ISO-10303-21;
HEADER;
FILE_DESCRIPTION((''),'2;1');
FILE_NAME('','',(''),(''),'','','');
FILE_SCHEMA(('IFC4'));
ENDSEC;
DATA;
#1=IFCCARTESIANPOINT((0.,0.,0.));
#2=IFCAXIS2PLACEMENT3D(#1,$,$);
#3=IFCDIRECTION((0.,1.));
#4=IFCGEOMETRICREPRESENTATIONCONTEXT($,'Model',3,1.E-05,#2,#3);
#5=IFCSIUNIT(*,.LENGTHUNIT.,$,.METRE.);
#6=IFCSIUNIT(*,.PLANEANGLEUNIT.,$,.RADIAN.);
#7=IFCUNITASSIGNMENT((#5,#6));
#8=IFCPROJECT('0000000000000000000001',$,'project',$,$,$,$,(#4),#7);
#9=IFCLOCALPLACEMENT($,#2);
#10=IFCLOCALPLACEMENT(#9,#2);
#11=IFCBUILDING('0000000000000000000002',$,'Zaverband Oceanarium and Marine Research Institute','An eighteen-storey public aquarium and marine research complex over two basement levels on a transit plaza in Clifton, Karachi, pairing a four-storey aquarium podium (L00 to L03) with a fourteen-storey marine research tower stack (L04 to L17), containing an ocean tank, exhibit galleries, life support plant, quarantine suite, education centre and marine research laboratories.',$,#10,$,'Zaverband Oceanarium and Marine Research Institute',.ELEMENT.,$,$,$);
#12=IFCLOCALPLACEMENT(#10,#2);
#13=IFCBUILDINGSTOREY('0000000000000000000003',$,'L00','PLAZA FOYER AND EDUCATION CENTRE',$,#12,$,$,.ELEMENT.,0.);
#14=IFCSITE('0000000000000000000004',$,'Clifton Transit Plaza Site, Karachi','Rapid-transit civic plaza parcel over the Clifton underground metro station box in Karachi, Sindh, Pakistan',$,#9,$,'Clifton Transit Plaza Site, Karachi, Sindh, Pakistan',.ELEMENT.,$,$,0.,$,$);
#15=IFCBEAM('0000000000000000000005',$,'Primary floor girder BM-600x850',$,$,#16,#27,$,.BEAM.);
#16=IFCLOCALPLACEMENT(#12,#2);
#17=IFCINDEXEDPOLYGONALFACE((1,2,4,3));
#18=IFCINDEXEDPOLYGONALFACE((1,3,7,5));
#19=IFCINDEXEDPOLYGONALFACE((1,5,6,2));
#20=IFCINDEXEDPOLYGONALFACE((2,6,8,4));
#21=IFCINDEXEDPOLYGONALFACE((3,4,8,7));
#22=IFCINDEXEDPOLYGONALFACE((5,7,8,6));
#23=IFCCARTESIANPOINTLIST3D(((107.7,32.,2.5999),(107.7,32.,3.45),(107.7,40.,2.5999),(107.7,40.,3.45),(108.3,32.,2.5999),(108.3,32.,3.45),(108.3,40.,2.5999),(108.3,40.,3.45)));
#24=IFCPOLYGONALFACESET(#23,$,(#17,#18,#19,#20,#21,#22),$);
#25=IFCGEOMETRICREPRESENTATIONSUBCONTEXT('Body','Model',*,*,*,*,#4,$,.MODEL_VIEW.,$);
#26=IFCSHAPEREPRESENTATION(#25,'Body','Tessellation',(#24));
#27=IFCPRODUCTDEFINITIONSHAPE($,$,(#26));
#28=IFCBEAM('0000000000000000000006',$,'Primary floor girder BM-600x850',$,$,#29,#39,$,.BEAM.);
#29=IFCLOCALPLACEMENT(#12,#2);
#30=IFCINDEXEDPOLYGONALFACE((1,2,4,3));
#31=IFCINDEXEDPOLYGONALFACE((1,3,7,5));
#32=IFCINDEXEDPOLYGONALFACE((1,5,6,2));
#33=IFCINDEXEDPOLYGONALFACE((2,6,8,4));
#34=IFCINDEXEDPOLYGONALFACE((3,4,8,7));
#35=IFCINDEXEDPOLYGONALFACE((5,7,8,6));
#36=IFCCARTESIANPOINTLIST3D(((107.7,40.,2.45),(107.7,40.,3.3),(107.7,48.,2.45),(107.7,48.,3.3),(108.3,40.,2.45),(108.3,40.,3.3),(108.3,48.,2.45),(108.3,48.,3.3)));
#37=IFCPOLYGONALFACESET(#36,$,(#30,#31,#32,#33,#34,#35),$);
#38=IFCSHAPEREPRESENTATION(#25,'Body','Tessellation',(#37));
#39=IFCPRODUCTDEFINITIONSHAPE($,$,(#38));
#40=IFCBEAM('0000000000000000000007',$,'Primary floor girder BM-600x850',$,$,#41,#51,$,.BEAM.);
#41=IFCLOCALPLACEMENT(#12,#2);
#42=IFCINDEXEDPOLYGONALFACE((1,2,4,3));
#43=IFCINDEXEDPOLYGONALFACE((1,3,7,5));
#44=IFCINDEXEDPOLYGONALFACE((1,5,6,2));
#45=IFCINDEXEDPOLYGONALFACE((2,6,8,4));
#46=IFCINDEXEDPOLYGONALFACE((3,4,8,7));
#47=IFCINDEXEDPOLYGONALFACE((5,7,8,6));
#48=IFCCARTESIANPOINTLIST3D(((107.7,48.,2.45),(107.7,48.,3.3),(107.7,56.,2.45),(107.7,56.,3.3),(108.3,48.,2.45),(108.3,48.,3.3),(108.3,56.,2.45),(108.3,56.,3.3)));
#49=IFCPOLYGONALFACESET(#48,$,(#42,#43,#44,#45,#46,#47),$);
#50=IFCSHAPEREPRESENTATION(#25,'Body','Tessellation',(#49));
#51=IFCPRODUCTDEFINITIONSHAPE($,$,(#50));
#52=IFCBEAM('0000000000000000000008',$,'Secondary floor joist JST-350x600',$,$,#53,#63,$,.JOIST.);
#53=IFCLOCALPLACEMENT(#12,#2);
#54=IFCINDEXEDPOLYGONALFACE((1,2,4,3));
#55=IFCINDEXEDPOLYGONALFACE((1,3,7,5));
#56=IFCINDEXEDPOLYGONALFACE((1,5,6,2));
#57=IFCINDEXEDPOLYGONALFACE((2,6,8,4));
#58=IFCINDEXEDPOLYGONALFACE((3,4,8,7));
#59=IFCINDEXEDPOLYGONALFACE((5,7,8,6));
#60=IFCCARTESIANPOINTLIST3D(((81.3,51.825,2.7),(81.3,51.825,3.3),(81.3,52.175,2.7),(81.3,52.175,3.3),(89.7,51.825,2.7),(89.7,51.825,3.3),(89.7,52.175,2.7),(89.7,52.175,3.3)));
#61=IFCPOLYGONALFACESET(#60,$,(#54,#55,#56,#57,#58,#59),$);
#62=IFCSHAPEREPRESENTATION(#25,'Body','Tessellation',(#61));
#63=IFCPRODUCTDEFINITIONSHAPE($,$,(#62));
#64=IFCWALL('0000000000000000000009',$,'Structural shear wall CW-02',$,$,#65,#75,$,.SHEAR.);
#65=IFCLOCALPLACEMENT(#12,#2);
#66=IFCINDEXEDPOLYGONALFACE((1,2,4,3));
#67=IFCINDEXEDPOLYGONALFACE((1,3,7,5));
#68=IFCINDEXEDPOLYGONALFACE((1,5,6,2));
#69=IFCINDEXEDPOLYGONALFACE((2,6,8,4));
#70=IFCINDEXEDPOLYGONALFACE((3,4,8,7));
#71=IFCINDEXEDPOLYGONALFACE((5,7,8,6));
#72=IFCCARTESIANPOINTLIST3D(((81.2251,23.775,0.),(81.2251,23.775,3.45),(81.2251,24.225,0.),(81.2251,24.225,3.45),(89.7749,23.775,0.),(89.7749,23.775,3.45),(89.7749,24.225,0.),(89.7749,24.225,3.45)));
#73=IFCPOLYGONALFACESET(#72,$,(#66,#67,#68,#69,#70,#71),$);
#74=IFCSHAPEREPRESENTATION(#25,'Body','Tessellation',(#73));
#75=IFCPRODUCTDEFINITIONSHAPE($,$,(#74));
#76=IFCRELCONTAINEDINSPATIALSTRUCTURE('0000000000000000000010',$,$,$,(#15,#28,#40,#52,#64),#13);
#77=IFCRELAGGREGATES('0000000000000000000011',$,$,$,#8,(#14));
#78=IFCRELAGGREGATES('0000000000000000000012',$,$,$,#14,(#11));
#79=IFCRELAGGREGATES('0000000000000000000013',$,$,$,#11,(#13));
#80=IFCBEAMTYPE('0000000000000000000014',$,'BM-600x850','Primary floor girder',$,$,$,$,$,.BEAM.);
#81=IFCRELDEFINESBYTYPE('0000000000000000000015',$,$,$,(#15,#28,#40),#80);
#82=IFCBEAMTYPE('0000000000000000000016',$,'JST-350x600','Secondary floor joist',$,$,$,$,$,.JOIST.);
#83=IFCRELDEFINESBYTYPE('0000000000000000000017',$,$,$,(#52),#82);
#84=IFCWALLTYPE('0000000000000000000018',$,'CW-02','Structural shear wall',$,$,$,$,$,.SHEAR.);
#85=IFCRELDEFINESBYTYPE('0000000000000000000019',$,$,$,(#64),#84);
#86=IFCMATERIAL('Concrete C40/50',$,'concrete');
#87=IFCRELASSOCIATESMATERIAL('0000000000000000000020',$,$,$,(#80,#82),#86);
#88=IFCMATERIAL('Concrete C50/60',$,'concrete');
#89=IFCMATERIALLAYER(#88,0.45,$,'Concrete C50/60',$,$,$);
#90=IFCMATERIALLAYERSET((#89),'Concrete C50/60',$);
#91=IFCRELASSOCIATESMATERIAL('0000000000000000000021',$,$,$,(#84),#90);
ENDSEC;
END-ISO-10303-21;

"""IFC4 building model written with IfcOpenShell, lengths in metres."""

from ifc_helpers import new_model, si_unit, direction, frame, frame_2d, origin, origin_2d, place, context, subcontext, project, spatial, rectangle, extrude, material, layer, layer_set, material_profile, profile_set, type_object, element, save


model = new_model("IFC4")

# Units and contexts
model_context = context("Model", 3, precision=1e-05, world=origin(), true_north=direction((0.0, 1.0)))
body_context = subcontext(model_context, "Body", "Model", "MODEL_VIEW")
ifc_project = project(units=[si_unit("LENGTHUNIT", "METRE"), si_unit("PLANEANGLEUNIT", "RADIAN")], contexts=[model_context])

# Site, building, storey
site_placement = place(None, origin())
site = spatial("IfcSite", under=ifc_project, at=site_placement, Name="Clifton Transit Plaza Site, Karachi", Description="Rapid-transit civic plaza parcel over the Clifton underground metro station box in Karachi, Sindh, Pakistan", LongName="Clifton Transit Plaza Site, Karachi, Sindh, Pakistan", CompositionType="ELEMENT", RefElevation=0.0)
building_placement = place(site_placement, origin())
building = spatial("IfcBuilding", under=site, at=building_placement, Name="Zaverband Oceanarium and Marine Research Institute", Description="An eighteen-storey public aquarium and marine research complex over two basement levels on a transit plaza in Clifton, Karachi, pairing a four-storey aquarium podium (L00 to L03) with a fourteen-storey marine research tower stack (L04 to L17), containing an ocean tank, exhibit galleries, life support plant, quarantine suite, education centre and marine research laboratories.", LongName="Zaverband Oceanarium and Marine Research Institute", CompositionType="ELEMENT")
storey_placement = place(building_placement, origin())
storey = spatial("IfcBuildingStorey", under=building, at=storey_placement, Name="L00", Description="PLAZA FOYER AND EDUCATION CENTRE", CompositionType="ELEMENT", Elevation=0.0)

# Shared definitions
ifc_material_1 = material(Name="Concrete C50/60", Category="concrete")

# Beams
ifc_material_2 = material(Name="Concrete C40/50", Category="concrete")
ifc_material_profile_1 = material_profile(ifc_material_2, rectangle(XDim=0.6001, YDim=0.8501, at=origin_2d()), Name="RC600x850")
ifc_profile_set_1 = profile_set([ifc_material_profile_1], Name="Concrete C40/50")
beam_type_1 = type_object("IfcBeamType", Name="BM-600x850", Description="Primary floor girder", PredefinedType="BEAM", material=ifc_profile_set_1)
for number, where, z_axis, x_axis, name in (
    (1, (108.0, 32.0, 3.0249), (0.0, 1.0, 0.0), (-1.0, 0.0, 0.0), "Primary floor girder BM-600x850"),
    (2, (108.0, 40.0, 2.875), (0.0, 1.0, 0.0), (-1.0, 0.0, 0.0), "Primary floor girder BM-600x850"),
    (3, (108.0, 48.0, 2.875), (0.0, 1.0, 0.0), (-1.0, 0.0, 0.0), "Primary floor girder BM-600x850"),
):
    element("IfcBeam", number, at=place(storey_placement, frame(where, z_axis=z_axis, x_axis=x_axis)), inside=storey, type_object=beam_type_1, Name=name, PredefinedType="BEAM", context=body_context, shape_type="SweptSolid", body=[
        extrude(rectangle(XDim=0.6001, YDim=0.8501, at=origin_2d()), origin(), (0.0, 0.0, 1.0), 8.0),
    ])
ifc_material_profile_2 = material_profile(ifc_material_2, rectangle(XDim=0.3501, YDim=0.6001, at=origin_2d()), Name="RC350x600")
ifc_profile_set_2 = profile_set([ifc_material_profile_2], Name="Concrete C40/50")
beam_type_2 = type_object("IfcBeamType", Name="JST-350x600", Description="Secondary floor joist", PredefinedType="JOIST", material=ifc_profile_set_2)
beam_placement = place(storey_placement, frame((81.3, 52.0, 3.0), z_axis=(1.0, 0.0, 0.0), x_axis=(0.0, 1.0, 0.0)))
element("IfcBeam", 4, at=beam_placement, inside=storey, type_object=beam_type_2, Name="Secondary floor joist JST-350x600", PredefinedType="JOIST", context=body_context, shape_type="SweptSolid", body=[
    extrude(rectangle(XDim=0.3501, YDim=0.6001, at=origin_2d()), origin(), (0.0, 0.0, 1.0), 8.3999),
])

# Wall
ifc_layer_1 = layer(ifc_material_1, 0.45, Name="Concrete C50/60")
ifc_layer_set_1 = layer_set([ifc_layer_1], Name="Concrete C50/60")
wall_type = type_object("IfcWallType", Name="CW-02", Description="Structural shear wall", PredefinedType="SHEAR", material=ifc_layer_set_1)
wall_placement = place(storey_placement, frame((81.2251, 24.0, 0.0), z_axis=(0.0, 0.0, 1.0), x_axis=(1.0, 0.0, 0.0)))
element("IfcWall", 5, at=wall_placement, inside=storey, type_object=wall_type, Name="Structural shear wall CW-02", PredefinedType="SHEAR", context=body_context, shape_type="SweptSolid", body=[
    extrude(rectangle(XDim=8.5498, YDim=0.45, at=frame_2d((4.2749, 0.0))), origin(), (0.0, 0.0, 1.0), 3.45),
])

save(model, "model.ifc")
